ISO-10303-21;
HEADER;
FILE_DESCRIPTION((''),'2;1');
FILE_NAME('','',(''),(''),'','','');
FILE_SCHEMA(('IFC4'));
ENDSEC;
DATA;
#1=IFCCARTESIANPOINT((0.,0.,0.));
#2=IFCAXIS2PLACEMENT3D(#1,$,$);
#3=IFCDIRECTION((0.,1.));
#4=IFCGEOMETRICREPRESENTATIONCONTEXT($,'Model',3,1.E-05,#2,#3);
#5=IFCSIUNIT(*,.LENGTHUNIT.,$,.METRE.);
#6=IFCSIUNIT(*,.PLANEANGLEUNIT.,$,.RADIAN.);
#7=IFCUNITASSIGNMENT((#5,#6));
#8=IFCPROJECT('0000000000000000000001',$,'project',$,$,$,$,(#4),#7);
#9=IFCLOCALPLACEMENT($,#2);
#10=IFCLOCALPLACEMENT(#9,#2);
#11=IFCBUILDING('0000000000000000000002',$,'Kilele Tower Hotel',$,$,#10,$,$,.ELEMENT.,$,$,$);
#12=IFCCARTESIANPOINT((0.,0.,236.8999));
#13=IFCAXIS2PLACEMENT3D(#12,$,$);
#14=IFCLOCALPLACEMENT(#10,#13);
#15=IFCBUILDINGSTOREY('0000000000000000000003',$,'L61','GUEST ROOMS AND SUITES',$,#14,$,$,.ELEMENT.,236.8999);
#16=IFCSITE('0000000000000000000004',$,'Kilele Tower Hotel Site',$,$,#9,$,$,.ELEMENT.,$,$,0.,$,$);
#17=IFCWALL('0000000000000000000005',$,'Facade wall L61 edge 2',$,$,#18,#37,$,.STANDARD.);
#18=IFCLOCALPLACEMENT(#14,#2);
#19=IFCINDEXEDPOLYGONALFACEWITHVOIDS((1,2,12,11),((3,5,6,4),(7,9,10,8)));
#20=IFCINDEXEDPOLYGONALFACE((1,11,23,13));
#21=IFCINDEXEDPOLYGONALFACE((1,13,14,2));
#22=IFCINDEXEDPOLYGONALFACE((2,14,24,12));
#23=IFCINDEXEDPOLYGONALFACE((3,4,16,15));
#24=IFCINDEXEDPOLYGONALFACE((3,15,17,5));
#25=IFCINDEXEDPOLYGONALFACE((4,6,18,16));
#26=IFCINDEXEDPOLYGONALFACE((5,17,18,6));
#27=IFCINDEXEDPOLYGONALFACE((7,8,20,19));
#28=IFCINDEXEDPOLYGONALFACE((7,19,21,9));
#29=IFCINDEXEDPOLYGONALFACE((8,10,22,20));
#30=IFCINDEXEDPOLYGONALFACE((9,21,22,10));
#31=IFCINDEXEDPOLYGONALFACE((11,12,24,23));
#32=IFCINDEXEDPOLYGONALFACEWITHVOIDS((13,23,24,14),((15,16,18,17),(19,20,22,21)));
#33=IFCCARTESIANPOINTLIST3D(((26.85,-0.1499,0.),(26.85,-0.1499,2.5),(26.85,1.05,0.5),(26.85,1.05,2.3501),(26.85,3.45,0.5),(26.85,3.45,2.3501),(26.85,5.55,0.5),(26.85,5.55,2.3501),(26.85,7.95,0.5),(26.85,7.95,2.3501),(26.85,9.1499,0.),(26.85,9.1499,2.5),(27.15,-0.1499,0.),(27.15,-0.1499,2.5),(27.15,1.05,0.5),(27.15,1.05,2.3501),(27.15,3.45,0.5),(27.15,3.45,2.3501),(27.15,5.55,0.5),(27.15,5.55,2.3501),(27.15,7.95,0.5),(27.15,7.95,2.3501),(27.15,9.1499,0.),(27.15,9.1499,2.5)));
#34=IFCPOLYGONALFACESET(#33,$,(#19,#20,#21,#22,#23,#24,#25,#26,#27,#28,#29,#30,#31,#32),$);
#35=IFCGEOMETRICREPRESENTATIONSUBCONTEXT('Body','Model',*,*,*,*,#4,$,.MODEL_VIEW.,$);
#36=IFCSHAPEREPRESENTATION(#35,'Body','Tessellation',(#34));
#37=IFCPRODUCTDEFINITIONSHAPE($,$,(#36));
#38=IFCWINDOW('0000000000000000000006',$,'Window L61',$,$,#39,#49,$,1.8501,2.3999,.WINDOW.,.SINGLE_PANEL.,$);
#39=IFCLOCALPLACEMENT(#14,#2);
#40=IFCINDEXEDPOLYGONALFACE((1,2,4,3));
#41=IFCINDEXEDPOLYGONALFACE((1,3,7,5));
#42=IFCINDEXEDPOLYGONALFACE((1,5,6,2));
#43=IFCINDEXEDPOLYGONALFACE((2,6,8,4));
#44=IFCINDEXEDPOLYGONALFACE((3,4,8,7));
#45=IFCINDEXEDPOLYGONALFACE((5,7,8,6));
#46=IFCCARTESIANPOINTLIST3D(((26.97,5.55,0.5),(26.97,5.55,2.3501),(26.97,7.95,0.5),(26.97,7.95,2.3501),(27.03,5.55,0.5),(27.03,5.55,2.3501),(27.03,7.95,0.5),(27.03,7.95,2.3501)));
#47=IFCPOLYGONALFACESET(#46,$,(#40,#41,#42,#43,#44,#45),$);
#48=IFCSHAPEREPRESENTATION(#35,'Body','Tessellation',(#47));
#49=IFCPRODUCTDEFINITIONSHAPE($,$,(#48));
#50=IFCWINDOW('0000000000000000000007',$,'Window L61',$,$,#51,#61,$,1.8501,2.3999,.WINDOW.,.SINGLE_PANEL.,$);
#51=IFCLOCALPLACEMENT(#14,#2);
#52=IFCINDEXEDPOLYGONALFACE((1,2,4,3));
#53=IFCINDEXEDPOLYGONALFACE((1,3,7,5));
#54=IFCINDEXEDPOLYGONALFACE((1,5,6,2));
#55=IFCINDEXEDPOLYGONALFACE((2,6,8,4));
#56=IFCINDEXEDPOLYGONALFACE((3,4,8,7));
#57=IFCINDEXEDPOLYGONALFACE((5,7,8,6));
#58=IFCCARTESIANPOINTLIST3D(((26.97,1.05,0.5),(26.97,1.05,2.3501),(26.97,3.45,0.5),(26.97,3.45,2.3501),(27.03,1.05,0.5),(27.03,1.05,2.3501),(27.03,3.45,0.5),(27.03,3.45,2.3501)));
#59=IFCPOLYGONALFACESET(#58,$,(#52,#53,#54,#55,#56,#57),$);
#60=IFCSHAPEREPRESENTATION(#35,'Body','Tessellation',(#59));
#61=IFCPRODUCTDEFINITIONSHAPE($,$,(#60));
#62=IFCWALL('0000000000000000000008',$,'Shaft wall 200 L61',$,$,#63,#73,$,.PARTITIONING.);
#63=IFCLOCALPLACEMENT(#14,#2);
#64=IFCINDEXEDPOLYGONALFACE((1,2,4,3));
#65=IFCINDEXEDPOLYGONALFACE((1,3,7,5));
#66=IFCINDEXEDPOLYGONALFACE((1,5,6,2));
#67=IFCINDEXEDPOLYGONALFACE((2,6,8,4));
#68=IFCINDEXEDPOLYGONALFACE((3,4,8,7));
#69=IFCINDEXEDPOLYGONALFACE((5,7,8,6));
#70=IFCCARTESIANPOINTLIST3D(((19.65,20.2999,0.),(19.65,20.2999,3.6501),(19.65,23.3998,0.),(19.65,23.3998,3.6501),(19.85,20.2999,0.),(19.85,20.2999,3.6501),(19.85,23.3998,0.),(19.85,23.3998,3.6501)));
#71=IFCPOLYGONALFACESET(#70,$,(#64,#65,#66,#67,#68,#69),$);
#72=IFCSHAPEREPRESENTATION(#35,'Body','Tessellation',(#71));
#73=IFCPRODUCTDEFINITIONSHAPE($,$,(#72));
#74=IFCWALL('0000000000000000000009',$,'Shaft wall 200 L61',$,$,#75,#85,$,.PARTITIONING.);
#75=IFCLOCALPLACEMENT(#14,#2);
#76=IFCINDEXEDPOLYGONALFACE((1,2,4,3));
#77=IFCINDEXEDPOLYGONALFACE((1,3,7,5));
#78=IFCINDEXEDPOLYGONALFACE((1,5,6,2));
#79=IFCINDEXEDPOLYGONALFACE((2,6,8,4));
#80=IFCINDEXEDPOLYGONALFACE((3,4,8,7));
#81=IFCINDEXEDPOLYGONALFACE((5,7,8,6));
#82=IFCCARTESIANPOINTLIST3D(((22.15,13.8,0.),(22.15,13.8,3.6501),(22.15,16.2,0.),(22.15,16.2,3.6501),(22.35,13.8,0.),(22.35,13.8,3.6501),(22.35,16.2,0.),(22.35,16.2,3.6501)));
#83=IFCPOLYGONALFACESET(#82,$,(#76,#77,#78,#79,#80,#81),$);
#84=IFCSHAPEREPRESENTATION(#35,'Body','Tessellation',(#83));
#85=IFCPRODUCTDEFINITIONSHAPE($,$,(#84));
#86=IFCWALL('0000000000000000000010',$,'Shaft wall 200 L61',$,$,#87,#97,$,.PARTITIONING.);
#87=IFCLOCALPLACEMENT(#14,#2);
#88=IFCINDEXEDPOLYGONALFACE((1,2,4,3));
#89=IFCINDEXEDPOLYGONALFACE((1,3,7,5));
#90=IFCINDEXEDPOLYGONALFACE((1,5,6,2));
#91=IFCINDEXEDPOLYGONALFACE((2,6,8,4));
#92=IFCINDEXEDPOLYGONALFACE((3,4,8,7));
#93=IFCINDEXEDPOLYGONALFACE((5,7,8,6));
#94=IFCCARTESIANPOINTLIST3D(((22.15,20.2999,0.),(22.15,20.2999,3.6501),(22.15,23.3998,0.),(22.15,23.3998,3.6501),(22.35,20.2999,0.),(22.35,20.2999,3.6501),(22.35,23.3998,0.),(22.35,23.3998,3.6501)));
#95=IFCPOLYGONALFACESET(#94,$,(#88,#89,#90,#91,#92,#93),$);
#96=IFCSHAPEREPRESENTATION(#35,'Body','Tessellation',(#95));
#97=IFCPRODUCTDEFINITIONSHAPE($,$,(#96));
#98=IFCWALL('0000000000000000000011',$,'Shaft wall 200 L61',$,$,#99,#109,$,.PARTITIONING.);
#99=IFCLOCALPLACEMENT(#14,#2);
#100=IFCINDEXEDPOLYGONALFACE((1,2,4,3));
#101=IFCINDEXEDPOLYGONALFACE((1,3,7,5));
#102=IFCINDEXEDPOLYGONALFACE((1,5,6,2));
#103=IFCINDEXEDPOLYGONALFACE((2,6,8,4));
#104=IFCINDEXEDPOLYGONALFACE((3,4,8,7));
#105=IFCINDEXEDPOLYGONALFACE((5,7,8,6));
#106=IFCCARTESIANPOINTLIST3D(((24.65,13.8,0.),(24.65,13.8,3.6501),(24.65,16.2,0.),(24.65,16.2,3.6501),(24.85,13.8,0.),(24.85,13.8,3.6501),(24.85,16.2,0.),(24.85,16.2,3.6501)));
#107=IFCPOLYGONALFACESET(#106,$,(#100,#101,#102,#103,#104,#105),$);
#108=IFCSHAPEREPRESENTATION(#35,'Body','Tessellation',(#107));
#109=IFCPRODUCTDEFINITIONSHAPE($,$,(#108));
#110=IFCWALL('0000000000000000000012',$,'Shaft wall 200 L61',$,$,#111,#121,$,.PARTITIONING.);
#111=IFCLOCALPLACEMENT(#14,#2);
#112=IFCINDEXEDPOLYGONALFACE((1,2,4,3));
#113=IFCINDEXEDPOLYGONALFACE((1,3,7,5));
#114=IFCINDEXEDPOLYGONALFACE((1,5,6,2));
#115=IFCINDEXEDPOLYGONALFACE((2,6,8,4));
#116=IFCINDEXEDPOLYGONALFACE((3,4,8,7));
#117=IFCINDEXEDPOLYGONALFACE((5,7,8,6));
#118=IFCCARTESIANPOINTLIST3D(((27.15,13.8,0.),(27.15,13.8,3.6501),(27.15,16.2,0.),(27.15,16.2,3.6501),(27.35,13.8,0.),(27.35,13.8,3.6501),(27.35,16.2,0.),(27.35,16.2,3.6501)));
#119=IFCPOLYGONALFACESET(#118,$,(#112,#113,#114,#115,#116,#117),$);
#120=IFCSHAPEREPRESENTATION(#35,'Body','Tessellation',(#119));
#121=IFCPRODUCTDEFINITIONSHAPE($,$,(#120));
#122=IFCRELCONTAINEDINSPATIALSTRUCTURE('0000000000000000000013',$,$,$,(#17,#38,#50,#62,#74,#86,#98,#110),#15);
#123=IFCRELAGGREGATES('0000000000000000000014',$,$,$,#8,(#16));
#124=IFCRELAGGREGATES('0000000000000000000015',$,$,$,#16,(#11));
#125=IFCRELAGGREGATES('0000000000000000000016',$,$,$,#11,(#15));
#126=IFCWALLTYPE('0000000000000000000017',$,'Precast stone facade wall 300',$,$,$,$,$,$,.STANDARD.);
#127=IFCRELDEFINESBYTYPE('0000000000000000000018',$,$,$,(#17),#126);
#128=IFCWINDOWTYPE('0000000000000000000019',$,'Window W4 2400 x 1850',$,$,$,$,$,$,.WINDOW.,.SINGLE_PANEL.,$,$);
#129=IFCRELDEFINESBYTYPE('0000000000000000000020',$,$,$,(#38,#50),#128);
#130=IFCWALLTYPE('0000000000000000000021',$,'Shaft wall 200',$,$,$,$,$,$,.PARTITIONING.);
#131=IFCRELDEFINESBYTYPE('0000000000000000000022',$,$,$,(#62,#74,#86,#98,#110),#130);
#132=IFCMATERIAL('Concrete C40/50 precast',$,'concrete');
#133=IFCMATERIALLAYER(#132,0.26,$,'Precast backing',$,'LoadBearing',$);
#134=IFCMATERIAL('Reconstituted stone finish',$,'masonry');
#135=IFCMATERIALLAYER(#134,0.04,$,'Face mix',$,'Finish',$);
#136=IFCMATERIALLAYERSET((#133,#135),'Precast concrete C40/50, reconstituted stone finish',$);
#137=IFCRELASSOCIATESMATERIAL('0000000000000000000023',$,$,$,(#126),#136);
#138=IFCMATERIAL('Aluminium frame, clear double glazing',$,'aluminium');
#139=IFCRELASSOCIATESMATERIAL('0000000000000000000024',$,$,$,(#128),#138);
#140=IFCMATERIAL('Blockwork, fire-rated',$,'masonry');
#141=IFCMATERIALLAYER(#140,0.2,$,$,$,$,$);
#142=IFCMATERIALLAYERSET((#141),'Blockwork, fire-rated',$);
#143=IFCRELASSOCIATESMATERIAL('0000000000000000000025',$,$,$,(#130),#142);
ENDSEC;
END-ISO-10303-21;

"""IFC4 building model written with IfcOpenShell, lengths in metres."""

from ifc_helpers import new_model, si_unit, direction, frame, frame_2d, origin, place, context, subcontext, project, spatial, rectangle, extrude, material, layer, layer_set, type_object, element, fill, save


model = new_model("IFC4")

# Units and contexts
model_context = context("Model", 3, precision=1e-05, world=origin(), true_north=direction((0.0, 1.0)))
body_context = subcontext(model_context, "Body", "Model", "MODEL_VIEW")
ifc_project = project(units=[si_unit("LENGTHUNIT", "METRE"), si_unit("PLANEANGLEUNIT", "RADIAN")], contexts=[model_context])

# Site, building, storey
site_placement = place(None, origin())
site = spatial("IfcSite", under=ifc_project, at=site_placement, Name="Kilele Tower Hotel Site", CompositionType="ELEMENT", RefElevation=0.0)
building_placement = place(site_placement, origin())
building = spatial("IfcBuilding", under=site, at=building_placement, Name="Kilele Tower Hotel", CompositionType="ELEMENT")
storey_placement = place(building_placement, frame((0.0, 0.0, 236.8999)))
storey = spatial("IfcBuildingStorey", under=building, at=storey_placement, Name="L61", Description="GUEST ROOMS AND SUITES", CompositionType="ELEMENT", Elevation=236.8999)

# Wall, openings, windows
ifc_material_1 = material(Name="Concrete C40/50 precast", Category="concrete")
ifc_layer_1 = layer(ifc_material_1, 0.26, Name="Precast backing", Category="LoadBearing")
ifc_material_2 = material(Name="Reconstituted stone finish", Category="masonry")
ifc_layer_2 = layer(ifc_material_2, 0.04, Name="Face mix", Category="Finish")
ifc_layer_set_1 = layer_set([ifc_layer_1, ifc_layer_2], Name="Precast concrete C40/50, reconstituted stone finish")
wall_type_1 = type_object("IfcWallType", Name="Precast stone facade wall 300", PredefinedType="STANDARD", material=ifc_layer_set_1)
wall_1_placement = place(storey_placement, frame((27.0, 9.1499, 0.0), z_axis=(0.0, 0.0, 1.0), x_axis=(0.0, -1.0, 0.0)))
wall_1 = element("IfcWall", 1, at=wall_1_placement, inside=storey, type_object=wall_type_1, Name="Facade wall L61 edge 2", PredefinedType="STANDARD", context=body_context, shape_type="SweptSolid", body=[
    extrude(rectangle(XDim=9.2998, YDim=0.3, at=frame_2d((4.6499, 0.0))), origin(), (0.0, 0.0, 1.0), 2.5),
])
opening_1_placement = place(wall_1_placement, frame((1.2, 0.0, 0.5)))
opening_1 = element("IfcOpeningElement", 2, at=opening_1_placement, cuts=wall_1, PredefinedType="OPENING", context=body_context, shape_type="SweptSolid", body=[
    extrude(rectangle(XDim=2.3999, YDim=1.8501, at=frame_2d((1.2, 0.925))), frame((0.0, 0.1599, 0.0), z_axis=(0.0, -1.0, 0.0), x_axis=(1.0, 0.0, 0.0)), (0.0, 0.0, 1.0), 0.3201),
])
opening_2_placement = place(wall_1_placement, frame((5.7, 0.0, 0.5)))
opening_2 = element("IfcOpeningElement", 3, at=opening_2_placement, cuts=wall_1, PredefinedType="OPENING", context=body_context, shape_type="SweptSolid", body=[
    extrude(rectangle(XDim=2.3999, YDim=1.8501, at=frame_2d((1.2, 0.925))), frame((0.0, 0.1599, 0.0), z_axis=(0.0, -1.0, 0.0), x_axis=(1.0, 0.0, 0.0)), (0.0, 0.0, 1.0), 0.3201),
])
ifc_material_3 = material(Name="Aluminium frame, clear double glazing", Category="aluminium")
window_type = type_object("IfcWindowType", Name="Window W4 2400 x 1850", PartitioningType="SINGLE_PANEL", PredefinedType="WINDOW", material=ifc_material_3)
window_1_placement = place(opening_1_placement, origin())
window_1 = element("IfcWindow", 4, at=window_1_placement, inside=storey, type_object=window_type, Name="Window L61", OverallHeight=1.8501, OverallWidth=2.3999, PartitioningType="SINGLE_PANEL", PredefinedType="WINDOW", context=body_context, shape_type="SweptSolid", body=[
    extrude(rectangle(XDim=2.3999, YDim=1.8501, at=frame_2d((1.2, 0.925))), frame((0.0, 0.03, 0.0), z_axis=(0.0, -1.0, 0.0), x_axis=(1.0, 0.0, 0.0)), (0.0, 0.0, 1.0), 0.0601),
])
fill(opening_1, window_1)
window_2_placement = place(opening_2_placement, origin())
window_2 = element("IfcWindow", 5, at=window_2_placement, inside=storey, type_object=window_type, Name="Window L61", OverallHeight=1.8501, OverallWidth=2.3999, PartitioningType="SINGLE_PANEL", PredefinedType="WINDOW", context=body_context, shape_type="SweptSolid", body=[
    extrude(rectangle(XDim=2.3999, YDim=1.8501, at=frame_2d((1.2, 0.925))), frame((0.0, 0.03, 0.0), z_axis=(0.0, -1.0, 0.0), x_axis=(1.0, 0.0, 0.0)), (0.0, 0.0, 1.0), 0.0601),
])
fill(opening_2, window_2)

# Walls
ifc_material_4 = material(Name="Blockwork, fire-rated", Category="masonry")
ifc_layer_3 = layer(ifc_material_4, 0.2)
ifc_layer_set_2 = layer_set([ifc_layer_3], Name="Blockwork, fire-rated")
wall_type_2 = type_object("IfcWallType", Name="Shaft wall 200", PredefinedType="PARTITIONING", material=ifc_layer_set_2)
wall_2_placement = place(storey_placement, frame((19.75, 20.3, 0.0), z_axis=(0.0, 0.0, 1.0), x_axis=(0.0, 1.0, 0.0)))
element("IfcWall", 6, at=wall_2_placement, inside=storey, type_object=wall_type_2, Name="Shaft wall 200 L61", PredefinedType="PARTITIONING", context=body_context, shape_type="SweptSolid", body=[
    extrude(rectangle(XDim=3.0999, YDim=0.2, at=frame_2d((1.5498, 0.0))), origin(), (0.0, 0.0, 1.0), 3.6501),
])
wall_3_placement = place(storey_placement, frame((22.25, 13.8, 0.0), z_axis=(0.0, 0.0, 1.0), x_axis=(0.0, 1.0, 0.0)))
element("IfcWall", 7, at=wall_3_placement, inside=storey, type_object=wall_type_2, Name="Shaft wall 200 L61", PredefinedType="PARTITIONING", context=body_context, shape_type="SweptSolid", body=[
    extrude(rectangle(XDim=2.3999, YDim=0.2, at=frame_2d((1.2, 0.0))), origin(), (0.0, 0.0, 1.0), 3.6501),
])
wall_4_placement = place(storey_placement, frame((22.25, 20.3, 0.0), z_axis=(0.0, 0.0, 1.0), x_axis=(0.0, 1.0, 0.0)))
element("IfcWall", 8, at=wall_4_placement, inside=storey, type_object=wall_type_2, Name="Shaft wall 200 L61", PredefinedType="PARTITIONING", context=body_context, shape_type="SweptSolid", body=[
    extrude(rectangle(XDim=3.0999, YDim=0.2, at=frame_2d((1.5498, 0.0))), origin(), (0.0, 0.0, 1.0), 3.6501),
])
for number, where, z_axis, x_axis, name in (
    (9, (24.75, 13.8, 0.0), (0.0, 0.0, 1.0), (0.0, 1.0, 0.0), "Shaft wall 200 L61"),
    (10, (27.25, 13.8, 0.0), (0.0, 0.0, 1.0), (0.0, 1.0, 0.0), "Shaft wall 200 L61"),
):
    element("IfcWall", number, at=place(storey_placement, frame(where, z_axis=z_axis, x_axis=x_axis)), inside=storey, type_object=wall_type_2, Name=name, PredefinedType="PARTITIONING", context=body_context, shape_type="SweptSolid", body=[
        extrude(rectangle(XDim=2.3999, YDim=0.2, at=frame_2d((1.2, 0.0))), origin(), (0.0, 0.0, 1.0), 3.6501),
    ])

save(model, "model.ifc")
